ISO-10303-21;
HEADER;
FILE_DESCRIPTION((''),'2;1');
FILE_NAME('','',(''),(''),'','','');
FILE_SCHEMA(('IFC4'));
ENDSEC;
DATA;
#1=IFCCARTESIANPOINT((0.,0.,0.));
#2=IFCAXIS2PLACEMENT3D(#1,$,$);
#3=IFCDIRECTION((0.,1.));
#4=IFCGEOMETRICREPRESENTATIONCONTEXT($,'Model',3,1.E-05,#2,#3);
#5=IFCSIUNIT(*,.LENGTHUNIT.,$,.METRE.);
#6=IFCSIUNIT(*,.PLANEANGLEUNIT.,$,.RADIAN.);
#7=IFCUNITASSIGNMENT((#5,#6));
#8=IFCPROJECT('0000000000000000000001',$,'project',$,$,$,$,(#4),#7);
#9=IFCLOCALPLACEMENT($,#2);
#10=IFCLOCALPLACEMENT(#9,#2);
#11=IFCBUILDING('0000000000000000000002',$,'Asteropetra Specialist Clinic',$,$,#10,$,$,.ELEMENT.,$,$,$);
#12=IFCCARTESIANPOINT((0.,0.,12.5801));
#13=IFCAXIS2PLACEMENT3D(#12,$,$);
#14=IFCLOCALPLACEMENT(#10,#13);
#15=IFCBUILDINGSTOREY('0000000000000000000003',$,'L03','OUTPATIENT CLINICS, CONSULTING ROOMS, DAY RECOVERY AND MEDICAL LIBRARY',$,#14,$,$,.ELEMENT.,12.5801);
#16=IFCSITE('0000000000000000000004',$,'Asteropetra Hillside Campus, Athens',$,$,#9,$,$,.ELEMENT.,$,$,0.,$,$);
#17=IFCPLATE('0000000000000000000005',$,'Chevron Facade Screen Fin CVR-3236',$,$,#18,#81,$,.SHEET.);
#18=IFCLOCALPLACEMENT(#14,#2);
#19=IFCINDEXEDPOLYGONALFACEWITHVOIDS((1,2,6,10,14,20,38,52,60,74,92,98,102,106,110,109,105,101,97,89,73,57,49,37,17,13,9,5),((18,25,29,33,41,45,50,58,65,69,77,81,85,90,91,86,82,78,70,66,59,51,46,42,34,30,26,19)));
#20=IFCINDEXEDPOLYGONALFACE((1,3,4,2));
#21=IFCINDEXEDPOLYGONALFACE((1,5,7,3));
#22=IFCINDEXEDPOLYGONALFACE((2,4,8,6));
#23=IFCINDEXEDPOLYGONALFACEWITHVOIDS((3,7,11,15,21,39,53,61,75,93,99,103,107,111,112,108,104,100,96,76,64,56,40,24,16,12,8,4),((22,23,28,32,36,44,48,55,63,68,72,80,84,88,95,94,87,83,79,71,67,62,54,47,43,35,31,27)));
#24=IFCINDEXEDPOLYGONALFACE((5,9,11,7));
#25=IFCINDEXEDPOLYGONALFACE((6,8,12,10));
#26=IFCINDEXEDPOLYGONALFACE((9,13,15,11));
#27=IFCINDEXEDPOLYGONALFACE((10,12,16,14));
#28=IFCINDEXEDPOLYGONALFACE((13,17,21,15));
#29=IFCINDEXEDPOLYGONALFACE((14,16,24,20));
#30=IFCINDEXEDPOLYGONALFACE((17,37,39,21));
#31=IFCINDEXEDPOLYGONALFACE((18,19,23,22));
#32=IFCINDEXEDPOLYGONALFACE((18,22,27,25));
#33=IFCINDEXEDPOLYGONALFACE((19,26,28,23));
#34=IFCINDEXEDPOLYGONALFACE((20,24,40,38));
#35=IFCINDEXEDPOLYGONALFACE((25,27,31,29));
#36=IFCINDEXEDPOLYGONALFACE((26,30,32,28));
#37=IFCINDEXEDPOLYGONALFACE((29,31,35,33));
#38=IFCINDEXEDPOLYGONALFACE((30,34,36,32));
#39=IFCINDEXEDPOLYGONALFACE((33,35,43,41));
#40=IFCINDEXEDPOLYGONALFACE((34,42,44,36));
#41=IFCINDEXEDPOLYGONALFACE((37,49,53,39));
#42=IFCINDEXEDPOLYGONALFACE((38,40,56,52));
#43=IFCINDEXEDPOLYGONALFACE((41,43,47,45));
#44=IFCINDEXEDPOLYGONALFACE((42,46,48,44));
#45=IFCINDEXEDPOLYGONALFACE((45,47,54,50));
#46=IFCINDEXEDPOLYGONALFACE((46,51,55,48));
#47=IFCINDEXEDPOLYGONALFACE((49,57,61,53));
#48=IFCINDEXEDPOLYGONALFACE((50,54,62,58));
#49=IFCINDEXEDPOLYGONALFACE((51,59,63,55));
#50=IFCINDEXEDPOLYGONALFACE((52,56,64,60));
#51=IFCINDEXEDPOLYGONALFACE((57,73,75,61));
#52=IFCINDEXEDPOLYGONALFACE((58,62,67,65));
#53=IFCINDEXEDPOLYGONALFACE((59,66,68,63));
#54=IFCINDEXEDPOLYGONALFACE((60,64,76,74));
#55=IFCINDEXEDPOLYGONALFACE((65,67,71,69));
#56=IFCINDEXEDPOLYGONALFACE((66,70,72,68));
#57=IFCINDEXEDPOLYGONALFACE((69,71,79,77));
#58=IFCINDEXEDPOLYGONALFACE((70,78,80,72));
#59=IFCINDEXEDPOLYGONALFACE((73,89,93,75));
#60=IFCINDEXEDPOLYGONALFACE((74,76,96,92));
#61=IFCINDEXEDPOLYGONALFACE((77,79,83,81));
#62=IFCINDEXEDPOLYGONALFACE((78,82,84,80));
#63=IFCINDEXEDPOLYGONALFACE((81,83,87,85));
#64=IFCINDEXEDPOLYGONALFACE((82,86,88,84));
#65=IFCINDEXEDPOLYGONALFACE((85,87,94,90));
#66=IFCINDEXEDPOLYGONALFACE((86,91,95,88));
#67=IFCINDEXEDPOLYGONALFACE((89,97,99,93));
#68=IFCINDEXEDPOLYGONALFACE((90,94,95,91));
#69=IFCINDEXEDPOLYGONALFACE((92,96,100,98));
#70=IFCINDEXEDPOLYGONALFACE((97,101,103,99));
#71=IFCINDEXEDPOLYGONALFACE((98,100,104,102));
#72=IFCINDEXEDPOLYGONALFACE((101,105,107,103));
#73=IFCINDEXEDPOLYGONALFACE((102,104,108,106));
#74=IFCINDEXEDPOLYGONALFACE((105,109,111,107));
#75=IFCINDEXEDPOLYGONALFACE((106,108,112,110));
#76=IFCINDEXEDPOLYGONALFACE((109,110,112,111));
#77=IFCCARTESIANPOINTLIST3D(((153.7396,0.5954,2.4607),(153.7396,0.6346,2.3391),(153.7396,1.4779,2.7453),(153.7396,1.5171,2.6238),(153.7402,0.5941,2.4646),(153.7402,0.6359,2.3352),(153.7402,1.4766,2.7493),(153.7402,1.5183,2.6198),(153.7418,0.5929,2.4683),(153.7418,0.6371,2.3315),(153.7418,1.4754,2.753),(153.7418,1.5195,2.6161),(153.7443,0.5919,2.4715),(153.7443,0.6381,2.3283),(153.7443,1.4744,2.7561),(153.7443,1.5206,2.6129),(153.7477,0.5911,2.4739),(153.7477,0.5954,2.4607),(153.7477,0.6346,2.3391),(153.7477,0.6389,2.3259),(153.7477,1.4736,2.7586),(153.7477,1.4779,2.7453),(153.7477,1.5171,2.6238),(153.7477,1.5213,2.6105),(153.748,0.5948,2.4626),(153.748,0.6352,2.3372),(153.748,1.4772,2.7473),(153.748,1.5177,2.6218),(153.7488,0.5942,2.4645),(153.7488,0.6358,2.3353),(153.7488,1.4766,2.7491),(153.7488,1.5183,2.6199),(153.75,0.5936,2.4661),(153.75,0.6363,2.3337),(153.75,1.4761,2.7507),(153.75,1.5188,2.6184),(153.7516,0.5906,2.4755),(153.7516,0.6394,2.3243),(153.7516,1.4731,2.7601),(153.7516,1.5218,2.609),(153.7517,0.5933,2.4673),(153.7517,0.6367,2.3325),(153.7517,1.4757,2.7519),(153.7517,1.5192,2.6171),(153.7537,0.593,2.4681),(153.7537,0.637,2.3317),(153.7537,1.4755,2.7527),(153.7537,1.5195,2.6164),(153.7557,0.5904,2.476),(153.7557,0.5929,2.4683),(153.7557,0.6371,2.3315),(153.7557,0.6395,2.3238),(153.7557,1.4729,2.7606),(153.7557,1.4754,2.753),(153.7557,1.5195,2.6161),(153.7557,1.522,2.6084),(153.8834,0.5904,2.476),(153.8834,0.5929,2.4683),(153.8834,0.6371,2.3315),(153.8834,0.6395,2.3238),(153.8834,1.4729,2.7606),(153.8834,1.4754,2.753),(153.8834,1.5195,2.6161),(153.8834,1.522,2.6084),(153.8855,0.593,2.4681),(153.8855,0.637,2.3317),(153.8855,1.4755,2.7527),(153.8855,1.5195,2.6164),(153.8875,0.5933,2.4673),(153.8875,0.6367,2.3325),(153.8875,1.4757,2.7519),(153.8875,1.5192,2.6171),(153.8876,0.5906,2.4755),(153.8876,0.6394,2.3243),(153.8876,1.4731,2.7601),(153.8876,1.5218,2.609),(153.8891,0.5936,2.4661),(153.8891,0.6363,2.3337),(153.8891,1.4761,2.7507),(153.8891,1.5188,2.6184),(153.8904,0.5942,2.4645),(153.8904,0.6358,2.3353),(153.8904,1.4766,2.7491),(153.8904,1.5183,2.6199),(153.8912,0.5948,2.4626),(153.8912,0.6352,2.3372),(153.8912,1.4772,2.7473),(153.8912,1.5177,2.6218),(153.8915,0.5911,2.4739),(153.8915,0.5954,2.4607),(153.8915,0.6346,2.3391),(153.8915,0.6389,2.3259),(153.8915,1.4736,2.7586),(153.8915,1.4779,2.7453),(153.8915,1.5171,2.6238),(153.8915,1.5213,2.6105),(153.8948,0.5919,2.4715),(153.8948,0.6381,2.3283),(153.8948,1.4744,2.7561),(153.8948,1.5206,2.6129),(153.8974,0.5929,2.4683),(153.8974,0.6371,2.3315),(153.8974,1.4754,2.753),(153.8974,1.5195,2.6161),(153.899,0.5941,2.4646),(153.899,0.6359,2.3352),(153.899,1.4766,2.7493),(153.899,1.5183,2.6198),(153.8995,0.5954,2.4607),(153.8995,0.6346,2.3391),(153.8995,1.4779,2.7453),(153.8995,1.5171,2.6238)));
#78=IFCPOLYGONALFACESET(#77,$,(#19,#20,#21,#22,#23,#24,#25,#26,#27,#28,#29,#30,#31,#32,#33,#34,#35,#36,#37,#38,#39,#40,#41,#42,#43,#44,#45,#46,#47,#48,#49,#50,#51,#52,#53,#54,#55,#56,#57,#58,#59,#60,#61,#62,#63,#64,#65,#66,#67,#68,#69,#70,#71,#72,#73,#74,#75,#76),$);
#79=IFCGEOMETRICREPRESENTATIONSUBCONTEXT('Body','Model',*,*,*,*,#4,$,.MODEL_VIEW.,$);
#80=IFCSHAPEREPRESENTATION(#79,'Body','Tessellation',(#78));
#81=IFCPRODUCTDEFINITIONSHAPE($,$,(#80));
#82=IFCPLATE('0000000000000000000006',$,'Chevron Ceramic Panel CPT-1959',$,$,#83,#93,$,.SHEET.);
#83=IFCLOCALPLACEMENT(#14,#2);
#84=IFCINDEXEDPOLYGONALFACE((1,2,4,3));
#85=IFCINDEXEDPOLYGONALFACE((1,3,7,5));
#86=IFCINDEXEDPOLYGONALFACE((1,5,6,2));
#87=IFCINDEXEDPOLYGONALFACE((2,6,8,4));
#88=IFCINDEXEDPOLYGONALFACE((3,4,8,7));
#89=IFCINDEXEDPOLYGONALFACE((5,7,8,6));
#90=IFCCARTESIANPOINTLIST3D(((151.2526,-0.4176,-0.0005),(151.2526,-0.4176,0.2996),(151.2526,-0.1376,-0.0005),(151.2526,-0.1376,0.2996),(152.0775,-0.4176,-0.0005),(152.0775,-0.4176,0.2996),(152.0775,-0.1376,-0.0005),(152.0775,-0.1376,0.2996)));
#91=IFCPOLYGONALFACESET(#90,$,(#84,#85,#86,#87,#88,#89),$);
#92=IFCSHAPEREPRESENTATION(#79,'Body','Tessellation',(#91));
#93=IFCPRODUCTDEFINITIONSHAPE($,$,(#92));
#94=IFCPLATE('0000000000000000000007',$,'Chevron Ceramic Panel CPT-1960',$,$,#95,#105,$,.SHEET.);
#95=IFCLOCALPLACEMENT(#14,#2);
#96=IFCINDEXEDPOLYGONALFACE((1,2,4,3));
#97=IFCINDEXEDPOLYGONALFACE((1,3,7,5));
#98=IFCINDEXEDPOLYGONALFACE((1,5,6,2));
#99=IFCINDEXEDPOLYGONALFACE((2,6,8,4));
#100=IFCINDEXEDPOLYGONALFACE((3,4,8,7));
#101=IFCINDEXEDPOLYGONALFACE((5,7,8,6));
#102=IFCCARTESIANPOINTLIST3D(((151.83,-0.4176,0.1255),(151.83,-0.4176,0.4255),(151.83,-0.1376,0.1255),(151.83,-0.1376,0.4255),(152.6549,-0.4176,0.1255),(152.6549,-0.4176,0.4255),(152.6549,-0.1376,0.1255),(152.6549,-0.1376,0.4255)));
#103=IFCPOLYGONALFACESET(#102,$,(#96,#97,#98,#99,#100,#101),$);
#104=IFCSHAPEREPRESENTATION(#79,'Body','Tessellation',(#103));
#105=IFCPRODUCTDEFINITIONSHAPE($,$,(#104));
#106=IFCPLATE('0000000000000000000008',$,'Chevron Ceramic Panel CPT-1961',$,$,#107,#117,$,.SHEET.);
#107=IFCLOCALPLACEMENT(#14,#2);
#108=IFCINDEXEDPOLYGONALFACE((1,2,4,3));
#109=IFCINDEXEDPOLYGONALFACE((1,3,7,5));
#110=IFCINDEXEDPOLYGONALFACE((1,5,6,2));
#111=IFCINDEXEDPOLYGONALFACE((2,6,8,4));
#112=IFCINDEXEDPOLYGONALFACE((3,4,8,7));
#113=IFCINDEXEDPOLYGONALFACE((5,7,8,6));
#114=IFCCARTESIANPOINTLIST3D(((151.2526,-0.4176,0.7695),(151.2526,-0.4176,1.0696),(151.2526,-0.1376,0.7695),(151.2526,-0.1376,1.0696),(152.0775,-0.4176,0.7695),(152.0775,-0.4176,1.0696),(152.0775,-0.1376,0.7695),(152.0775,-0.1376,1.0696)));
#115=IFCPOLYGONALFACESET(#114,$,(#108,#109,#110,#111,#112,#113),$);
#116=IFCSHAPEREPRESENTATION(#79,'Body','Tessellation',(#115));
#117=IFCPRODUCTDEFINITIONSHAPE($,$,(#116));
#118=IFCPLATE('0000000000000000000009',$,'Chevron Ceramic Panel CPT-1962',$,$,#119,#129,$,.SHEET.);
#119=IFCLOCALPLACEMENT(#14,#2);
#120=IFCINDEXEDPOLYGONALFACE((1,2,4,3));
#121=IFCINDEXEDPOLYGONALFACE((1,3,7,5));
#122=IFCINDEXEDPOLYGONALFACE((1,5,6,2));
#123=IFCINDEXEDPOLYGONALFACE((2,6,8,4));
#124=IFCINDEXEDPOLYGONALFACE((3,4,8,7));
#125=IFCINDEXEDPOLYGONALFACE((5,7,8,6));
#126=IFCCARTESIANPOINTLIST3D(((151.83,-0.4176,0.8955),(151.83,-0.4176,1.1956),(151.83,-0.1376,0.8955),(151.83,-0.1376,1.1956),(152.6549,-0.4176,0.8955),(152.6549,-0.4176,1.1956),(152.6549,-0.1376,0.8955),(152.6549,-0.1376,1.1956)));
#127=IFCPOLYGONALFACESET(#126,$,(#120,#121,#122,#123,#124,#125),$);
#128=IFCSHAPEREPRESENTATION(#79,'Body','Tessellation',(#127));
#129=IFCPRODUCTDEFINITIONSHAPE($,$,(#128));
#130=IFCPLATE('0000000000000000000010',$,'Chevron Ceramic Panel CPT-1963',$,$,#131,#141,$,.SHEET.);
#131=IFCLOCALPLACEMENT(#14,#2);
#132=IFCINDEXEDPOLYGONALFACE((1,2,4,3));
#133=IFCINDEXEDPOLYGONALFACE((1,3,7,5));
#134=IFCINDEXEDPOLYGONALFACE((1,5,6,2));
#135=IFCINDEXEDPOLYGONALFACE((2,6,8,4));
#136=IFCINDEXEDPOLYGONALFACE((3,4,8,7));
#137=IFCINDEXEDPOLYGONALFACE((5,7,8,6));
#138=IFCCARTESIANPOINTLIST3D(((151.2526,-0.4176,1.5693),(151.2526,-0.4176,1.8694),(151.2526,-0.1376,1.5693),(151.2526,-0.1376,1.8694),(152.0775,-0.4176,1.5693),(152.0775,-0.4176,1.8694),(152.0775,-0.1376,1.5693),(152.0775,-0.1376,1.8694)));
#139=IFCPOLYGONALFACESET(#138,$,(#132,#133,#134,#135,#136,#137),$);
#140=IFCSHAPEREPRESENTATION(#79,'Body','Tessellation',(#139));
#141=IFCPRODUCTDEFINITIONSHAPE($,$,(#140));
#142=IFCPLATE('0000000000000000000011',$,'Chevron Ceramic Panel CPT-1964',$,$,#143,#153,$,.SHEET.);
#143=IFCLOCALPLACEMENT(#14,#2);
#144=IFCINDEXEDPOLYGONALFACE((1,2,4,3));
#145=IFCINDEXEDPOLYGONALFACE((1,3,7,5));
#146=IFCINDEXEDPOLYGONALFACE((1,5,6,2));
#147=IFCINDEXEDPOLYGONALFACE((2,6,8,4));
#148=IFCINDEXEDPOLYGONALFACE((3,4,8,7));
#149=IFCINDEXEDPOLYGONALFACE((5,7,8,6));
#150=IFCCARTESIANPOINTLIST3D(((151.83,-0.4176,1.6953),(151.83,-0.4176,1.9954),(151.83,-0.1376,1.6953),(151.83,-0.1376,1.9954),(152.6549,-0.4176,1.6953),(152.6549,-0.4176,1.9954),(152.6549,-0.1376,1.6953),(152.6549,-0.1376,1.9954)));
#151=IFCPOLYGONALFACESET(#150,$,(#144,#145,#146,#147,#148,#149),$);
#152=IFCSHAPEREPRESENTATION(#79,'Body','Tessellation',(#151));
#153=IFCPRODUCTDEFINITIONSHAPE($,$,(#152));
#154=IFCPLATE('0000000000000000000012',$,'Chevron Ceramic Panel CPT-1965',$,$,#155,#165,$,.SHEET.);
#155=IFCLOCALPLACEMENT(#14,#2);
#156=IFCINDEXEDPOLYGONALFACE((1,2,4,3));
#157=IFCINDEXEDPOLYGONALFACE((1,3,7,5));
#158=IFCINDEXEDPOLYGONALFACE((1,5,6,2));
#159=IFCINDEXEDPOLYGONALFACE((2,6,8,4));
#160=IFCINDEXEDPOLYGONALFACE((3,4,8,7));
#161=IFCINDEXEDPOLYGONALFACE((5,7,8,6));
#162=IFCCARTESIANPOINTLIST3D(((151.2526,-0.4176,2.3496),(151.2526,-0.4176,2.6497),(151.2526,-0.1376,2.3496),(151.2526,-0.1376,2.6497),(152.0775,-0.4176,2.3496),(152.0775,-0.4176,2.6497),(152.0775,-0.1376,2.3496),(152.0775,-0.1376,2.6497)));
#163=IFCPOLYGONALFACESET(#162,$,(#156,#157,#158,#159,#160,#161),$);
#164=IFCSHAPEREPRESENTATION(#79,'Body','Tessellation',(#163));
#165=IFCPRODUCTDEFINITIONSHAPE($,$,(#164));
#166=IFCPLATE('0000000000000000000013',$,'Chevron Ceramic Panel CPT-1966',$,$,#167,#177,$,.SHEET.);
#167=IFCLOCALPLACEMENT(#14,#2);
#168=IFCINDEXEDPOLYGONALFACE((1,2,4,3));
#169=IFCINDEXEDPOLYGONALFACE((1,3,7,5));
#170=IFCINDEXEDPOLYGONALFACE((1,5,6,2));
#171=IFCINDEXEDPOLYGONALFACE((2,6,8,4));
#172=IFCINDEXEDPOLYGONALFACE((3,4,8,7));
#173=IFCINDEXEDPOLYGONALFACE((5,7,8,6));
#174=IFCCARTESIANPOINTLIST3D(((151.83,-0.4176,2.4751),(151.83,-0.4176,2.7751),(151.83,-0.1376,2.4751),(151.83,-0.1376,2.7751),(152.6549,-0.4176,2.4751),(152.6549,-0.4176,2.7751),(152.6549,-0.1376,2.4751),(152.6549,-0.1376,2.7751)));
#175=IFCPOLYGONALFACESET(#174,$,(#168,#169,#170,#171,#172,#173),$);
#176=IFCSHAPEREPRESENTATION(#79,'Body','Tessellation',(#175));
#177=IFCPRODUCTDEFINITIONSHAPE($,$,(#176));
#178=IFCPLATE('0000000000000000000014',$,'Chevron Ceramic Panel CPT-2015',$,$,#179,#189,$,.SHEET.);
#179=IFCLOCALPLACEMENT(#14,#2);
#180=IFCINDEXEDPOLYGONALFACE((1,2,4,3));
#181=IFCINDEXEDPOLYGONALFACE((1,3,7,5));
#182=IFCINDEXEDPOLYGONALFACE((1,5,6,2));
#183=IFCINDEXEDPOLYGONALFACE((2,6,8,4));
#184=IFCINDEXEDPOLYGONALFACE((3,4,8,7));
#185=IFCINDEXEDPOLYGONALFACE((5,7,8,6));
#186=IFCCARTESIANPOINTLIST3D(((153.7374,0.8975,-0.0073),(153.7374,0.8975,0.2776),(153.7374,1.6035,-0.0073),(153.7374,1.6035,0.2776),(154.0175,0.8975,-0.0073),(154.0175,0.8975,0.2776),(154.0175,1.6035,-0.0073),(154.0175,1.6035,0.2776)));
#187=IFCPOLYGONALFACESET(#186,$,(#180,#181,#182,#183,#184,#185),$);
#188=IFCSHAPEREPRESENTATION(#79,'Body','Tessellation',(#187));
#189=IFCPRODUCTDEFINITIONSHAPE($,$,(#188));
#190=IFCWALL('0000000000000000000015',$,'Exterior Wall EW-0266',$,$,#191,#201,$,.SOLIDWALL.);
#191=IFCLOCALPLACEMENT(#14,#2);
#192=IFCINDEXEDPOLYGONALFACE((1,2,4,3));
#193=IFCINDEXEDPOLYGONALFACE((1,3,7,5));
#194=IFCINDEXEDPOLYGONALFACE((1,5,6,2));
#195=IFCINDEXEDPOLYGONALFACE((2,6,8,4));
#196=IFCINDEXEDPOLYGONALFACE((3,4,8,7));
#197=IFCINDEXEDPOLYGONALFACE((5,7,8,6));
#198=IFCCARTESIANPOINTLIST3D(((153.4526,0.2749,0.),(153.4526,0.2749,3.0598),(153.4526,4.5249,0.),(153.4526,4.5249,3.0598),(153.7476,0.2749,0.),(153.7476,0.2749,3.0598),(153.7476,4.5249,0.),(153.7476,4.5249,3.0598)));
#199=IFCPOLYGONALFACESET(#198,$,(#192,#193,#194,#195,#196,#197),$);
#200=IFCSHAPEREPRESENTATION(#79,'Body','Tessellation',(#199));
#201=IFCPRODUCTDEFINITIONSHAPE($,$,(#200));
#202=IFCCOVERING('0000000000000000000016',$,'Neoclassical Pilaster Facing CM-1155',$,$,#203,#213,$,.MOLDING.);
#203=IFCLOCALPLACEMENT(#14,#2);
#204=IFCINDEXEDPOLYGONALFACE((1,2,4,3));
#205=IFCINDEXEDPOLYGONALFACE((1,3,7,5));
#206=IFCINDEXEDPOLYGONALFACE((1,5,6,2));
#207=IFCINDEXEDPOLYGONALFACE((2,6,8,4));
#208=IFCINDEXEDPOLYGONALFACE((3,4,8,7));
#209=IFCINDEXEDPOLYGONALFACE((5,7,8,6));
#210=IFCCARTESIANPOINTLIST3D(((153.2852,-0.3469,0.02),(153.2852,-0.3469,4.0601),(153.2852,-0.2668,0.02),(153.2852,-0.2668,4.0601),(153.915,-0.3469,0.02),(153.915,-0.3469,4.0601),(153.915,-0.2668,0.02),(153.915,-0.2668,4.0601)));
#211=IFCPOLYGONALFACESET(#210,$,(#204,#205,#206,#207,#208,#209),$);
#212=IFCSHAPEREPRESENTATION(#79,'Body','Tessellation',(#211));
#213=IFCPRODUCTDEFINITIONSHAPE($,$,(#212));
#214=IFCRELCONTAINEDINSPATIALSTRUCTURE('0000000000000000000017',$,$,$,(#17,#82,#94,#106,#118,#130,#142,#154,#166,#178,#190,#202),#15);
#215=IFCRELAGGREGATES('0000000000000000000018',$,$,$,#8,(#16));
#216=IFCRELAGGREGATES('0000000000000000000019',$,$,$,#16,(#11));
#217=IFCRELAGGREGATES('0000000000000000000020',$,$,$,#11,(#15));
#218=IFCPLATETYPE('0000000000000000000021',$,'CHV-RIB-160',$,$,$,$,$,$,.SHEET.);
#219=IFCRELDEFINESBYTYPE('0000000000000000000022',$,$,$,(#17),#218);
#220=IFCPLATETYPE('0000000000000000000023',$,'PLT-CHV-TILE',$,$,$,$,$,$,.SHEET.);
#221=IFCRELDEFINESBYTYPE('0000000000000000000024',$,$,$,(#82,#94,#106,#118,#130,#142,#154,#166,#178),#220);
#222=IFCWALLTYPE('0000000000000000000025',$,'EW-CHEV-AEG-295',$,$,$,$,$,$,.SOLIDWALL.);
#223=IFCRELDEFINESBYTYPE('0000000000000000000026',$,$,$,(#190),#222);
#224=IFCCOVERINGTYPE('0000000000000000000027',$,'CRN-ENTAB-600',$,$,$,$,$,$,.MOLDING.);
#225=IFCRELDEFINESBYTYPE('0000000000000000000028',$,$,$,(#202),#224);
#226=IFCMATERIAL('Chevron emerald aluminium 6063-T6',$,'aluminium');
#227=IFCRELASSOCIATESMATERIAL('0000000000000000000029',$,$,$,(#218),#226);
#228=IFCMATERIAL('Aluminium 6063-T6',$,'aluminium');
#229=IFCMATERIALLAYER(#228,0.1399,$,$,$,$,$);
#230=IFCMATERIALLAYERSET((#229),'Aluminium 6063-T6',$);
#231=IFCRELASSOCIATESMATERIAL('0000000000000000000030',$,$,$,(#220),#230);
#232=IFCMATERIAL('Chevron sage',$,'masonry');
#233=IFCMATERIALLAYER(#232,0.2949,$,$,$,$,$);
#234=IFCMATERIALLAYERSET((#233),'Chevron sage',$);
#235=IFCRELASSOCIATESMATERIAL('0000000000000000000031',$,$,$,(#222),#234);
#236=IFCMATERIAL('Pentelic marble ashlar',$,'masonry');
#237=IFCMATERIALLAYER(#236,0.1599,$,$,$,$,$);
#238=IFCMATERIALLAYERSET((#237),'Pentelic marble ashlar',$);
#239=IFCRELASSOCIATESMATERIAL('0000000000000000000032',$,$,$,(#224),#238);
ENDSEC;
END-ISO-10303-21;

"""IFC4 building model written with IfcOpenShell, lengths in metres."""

from ifc_helpers import new_model, si_unit, direction, frame, frame_2d, origin, origin_2d, place, context, subcontext, project, spatial, rectangle, hollow_rectangle, extrude, material, layer, layer_set, material_profile, profile_set, type_object, element, save


model = new_model("IFC4")

# Units and contexts
model_context = context("Model", 3, precision=1e-05, world=origin(), true_north=direction((0.0, 1.0)))
body_context = subcontext(model_context, "Body", "Model", "MODEL_VIEW")
ifc_project = project(units=[si_unit("LENGTHUNIT", "METRE"), si_unit("PLANEANGLEUNIT", "RADIAN")], contexts=[model_context])

# Site, building, storey
site_placement = place(None, origin())
site = spatial("IfcSite", under=ifc_project, at=site_placement, Name="Asteropetra Hillside Campus, Athens", CompositionType="ELEMENT", RefElevation=0.0)
building_placement = place(site_placement, origin())
building = spatial("IfcBuilding", under=site, at=building_placement, Name="Asteropetra Specialist Clinic", CompositionType="ELEMENT")
storey_placement = place(building_placement, frame((0.0, 0.0, 12.5801)))
storey = spatial("IfcBuildingStorey", under=building, at=storey_placement, Name="L03", Description="OUTPATIENT CLINICS, CONSULTING ROOMS, DAY RECOVERY AND MEDICAL LIBRARY", CompositionType="ELEMENT", Elevation=12.5801)

# Plates
ifc_material_1 = material(Name="Chevron emerald aluminium 6063-T6", Category="aluminium")
ifc_material_profile_1 = material_profile(ifc_material_1, hollow_rectangle(XDim=0.1599, YDim=0.1599, WallThickness=0.0081, InnerFilletRadius=0.0081, OuterFilletRadius=0.0161, at=origin_2d()), Name="SHS 160x160x8.0")
ifc_profile_set_1 = profile_set([ifc_material_profile_1], Name="Chevron emerald aluminium 6063-T6")
plate_type_1 = type_object("IfcPlateType", Name="CHV-RIB-160", PredefinedType="SHEET", material=ifc_profile_set_1)
for number, where, z_axis, x_axis, name in (
    (1, (153.8196, 0.615, 2.3999), (0.0, 0.951719, 0.306972), (-1.0, 0.0, 0.0), "Chevron Facade Screen Fin CVR-3236"),
):
    element("IfcPlate", number, at=place(storey_placement, frame(where, z_axis=z_axis, x_axis=x_axis)), inside=storey, type_object=plate_type_1, Name=name, PredefinedType="SHEET", context=body_context, shape_type="SweptSolid", body=[
        extrude(hollow_rectangle(XDim=0.1599, YDim=0.1599, WallThickness=0.0081, InnerFilletRadius=0.0081, OuterFilletRadius=0.0161, at=origin_2d()), origin(), (0.0, 0.0, 1.0), 0.9272),
    ])
ifc_material_2 = material(Name="Aluminium 6063-T6", Category="aluminium")
ifc_layer_1 = layer(ifc_material_2, 0.1399)
ifc_layer_set_1 = layer_set([ifc_layer_1], Name="Aluminium 6063-T6")
plate_type_2 = type_object("IfcPlateType", Name="PLT-CHV-TILE", PredefinedType="SHEET", material=ifc_layer_set_1)
for number, where, z_axis, x_axis, name in (
    (2, (151.665, -0.2776, -0.0005), (0.0, 0.0, 1.0), (1.0, 0.0, 0.0), "Chevron Ceramic Panel CPT-1959"),
    (3, (152.2424, -0.2776, 0.1255), (0.0, 0.0, 1.0), (1.0, 0.0, 0.0), "Chevron Ceramic Panel CPT-1960"),
    (4, (151.665, -0.2776, 0.7695), (0.0, 0.0, 1.0), (1.0, 0.0, 0.0), "Chevron Ceramic Panel CPT-1961"),
    (5, (152.2424, -0.2776, 0.8955), (0.0, 0.0, 1.0), (1.0, 0.0, 0.0), "Chevron Ceramic Panel CPT-1962"),
    (6, (151.665, -0.2776, 1.5693), (0.0, 0.0, 1.0), (1.0, 0.0, 0.0), "Chevron Ceramic Panel CPT-1963"),
    (7, (152.2424, -0.2776, 1.6953), (0.0, 0.0, 1.0), (1.0, 0.0, 0.0), "Chevron Ceramic Panel CPT-1964"),
    (8, (151.665, -0.2776, 2.3496), (0.0, 0.0, 1.0), (1.0, 0.0, 0.0), "Chevron Ceramic Panel CPT-1965"),
    (9, (152.2424, -0.2776, 2.4751), (0.0, 0.0, 1.0), (1.0, 0.0, 0.0), "Chevron Ceramic Panel CPT-1966"),
):
    element("IfcPlate", number, at=place(storey_placement, frame(where, z_axis=z_axis, x_axis=x_axis)), inside=storey, type_object=plate_type_2, Name=name, PredefinedType="SHEET", context=body_context, shape_type="SweptSolid", body=[
        extrude(rectangle(XDim=0.825, YDim=0.28, at=origin_2d()), origin(), (0.0, 0.0, 1.0), 0.3),
    ])
plate_1_placement = place(storey_placement, frame((153.8774, 1.2505, -0.0073), z_axis=(0.0, 0.0, 1.0), x_axis=(1.0, 0.0, 0.0)))
element("IfcPlate", 10, at=plate_1_placement, inside=storey, type_object=plate_type_2, Name="Chevron Ceramic Panel CPT-2015", PredefinedType="SHEET", context=body_context, shape_type="SweptSolid", body=[
    extrude(rectangle(XDim=0.28, YDim=0.7061, at=origin_2d()), origin(), (0.0, 0.0, 1.0), 0.2849),
])

# Wall
ifc_material_3 = material(Name="Chevron sage", Category="masonry")
ifc_layer_2 = layer(ifc_material_3, 0.2949)
ifc_layer_set_2 = layer_set([ifc_layer_2], Name="Chevron sage")
wall_type = type_object("IfcWallType", Name="EW-CHEV-AEG-295", PredefinedType="SOLIDWALL", material=ifc_layer_set_2)
wall_placement = place(storey_placement, frame((153.6001, 0.2749, 0.0), z_axis=(0.0, 0.0, 1.0), x_axis=(0.0, 1.0, 0.0)))
element("IfcWall", 11, at=wall_placement, inside=storey, type_object=wall_type, Name="Exterior Wall EW-0266", PredefinedType="SOLIDWALL", context=body_context, shape_type="SweptSolid", body=[
    extrude(rectangle(XDim=4.25, YDim=0.2949, at=frame_2d((2.125, 0.0))), origin(), (0.0, 0.0, 1.0), 3.0598),
])

# Covering
ifc_material_4 = material(Name="Pentelic marble ashlar", Category="masonry")
ifc_layer_3 = layer(ifc_material_4, 0.1599)
ifc_layer_set_3 = layer_set([ifc_layer_3], Name="Pentelic marble ashlar")
covering_type_1 = type_object("IfcCoveringType", Name="CRN-ENTAB-600", PredefinedType="MOLDING", material=ifc_layer_set_3)
covering_1_placement = place(storey_placement, frame((153.6001, -0.3069, 0.02), z_axis=(0.0, 0.0, 1.0), x_axis=(1.0, 0.0, 0.0)))
element("IfcCovering", 12, at=covering_1_placement, inside=storey, type_object=covering_type_1, Name="Neoclassical Pilaster Facing CM-1155", PredefinedType="MOLDING", context=body_context, shape_type="SweptSolid", body=[
    extrude(rectangle(XDim=0.6299, YDim=0.0801, at=origin_2d()), origin(), (0.0, 0.0, 1.0), 4.04),
])

save(model, "model.ifc")
